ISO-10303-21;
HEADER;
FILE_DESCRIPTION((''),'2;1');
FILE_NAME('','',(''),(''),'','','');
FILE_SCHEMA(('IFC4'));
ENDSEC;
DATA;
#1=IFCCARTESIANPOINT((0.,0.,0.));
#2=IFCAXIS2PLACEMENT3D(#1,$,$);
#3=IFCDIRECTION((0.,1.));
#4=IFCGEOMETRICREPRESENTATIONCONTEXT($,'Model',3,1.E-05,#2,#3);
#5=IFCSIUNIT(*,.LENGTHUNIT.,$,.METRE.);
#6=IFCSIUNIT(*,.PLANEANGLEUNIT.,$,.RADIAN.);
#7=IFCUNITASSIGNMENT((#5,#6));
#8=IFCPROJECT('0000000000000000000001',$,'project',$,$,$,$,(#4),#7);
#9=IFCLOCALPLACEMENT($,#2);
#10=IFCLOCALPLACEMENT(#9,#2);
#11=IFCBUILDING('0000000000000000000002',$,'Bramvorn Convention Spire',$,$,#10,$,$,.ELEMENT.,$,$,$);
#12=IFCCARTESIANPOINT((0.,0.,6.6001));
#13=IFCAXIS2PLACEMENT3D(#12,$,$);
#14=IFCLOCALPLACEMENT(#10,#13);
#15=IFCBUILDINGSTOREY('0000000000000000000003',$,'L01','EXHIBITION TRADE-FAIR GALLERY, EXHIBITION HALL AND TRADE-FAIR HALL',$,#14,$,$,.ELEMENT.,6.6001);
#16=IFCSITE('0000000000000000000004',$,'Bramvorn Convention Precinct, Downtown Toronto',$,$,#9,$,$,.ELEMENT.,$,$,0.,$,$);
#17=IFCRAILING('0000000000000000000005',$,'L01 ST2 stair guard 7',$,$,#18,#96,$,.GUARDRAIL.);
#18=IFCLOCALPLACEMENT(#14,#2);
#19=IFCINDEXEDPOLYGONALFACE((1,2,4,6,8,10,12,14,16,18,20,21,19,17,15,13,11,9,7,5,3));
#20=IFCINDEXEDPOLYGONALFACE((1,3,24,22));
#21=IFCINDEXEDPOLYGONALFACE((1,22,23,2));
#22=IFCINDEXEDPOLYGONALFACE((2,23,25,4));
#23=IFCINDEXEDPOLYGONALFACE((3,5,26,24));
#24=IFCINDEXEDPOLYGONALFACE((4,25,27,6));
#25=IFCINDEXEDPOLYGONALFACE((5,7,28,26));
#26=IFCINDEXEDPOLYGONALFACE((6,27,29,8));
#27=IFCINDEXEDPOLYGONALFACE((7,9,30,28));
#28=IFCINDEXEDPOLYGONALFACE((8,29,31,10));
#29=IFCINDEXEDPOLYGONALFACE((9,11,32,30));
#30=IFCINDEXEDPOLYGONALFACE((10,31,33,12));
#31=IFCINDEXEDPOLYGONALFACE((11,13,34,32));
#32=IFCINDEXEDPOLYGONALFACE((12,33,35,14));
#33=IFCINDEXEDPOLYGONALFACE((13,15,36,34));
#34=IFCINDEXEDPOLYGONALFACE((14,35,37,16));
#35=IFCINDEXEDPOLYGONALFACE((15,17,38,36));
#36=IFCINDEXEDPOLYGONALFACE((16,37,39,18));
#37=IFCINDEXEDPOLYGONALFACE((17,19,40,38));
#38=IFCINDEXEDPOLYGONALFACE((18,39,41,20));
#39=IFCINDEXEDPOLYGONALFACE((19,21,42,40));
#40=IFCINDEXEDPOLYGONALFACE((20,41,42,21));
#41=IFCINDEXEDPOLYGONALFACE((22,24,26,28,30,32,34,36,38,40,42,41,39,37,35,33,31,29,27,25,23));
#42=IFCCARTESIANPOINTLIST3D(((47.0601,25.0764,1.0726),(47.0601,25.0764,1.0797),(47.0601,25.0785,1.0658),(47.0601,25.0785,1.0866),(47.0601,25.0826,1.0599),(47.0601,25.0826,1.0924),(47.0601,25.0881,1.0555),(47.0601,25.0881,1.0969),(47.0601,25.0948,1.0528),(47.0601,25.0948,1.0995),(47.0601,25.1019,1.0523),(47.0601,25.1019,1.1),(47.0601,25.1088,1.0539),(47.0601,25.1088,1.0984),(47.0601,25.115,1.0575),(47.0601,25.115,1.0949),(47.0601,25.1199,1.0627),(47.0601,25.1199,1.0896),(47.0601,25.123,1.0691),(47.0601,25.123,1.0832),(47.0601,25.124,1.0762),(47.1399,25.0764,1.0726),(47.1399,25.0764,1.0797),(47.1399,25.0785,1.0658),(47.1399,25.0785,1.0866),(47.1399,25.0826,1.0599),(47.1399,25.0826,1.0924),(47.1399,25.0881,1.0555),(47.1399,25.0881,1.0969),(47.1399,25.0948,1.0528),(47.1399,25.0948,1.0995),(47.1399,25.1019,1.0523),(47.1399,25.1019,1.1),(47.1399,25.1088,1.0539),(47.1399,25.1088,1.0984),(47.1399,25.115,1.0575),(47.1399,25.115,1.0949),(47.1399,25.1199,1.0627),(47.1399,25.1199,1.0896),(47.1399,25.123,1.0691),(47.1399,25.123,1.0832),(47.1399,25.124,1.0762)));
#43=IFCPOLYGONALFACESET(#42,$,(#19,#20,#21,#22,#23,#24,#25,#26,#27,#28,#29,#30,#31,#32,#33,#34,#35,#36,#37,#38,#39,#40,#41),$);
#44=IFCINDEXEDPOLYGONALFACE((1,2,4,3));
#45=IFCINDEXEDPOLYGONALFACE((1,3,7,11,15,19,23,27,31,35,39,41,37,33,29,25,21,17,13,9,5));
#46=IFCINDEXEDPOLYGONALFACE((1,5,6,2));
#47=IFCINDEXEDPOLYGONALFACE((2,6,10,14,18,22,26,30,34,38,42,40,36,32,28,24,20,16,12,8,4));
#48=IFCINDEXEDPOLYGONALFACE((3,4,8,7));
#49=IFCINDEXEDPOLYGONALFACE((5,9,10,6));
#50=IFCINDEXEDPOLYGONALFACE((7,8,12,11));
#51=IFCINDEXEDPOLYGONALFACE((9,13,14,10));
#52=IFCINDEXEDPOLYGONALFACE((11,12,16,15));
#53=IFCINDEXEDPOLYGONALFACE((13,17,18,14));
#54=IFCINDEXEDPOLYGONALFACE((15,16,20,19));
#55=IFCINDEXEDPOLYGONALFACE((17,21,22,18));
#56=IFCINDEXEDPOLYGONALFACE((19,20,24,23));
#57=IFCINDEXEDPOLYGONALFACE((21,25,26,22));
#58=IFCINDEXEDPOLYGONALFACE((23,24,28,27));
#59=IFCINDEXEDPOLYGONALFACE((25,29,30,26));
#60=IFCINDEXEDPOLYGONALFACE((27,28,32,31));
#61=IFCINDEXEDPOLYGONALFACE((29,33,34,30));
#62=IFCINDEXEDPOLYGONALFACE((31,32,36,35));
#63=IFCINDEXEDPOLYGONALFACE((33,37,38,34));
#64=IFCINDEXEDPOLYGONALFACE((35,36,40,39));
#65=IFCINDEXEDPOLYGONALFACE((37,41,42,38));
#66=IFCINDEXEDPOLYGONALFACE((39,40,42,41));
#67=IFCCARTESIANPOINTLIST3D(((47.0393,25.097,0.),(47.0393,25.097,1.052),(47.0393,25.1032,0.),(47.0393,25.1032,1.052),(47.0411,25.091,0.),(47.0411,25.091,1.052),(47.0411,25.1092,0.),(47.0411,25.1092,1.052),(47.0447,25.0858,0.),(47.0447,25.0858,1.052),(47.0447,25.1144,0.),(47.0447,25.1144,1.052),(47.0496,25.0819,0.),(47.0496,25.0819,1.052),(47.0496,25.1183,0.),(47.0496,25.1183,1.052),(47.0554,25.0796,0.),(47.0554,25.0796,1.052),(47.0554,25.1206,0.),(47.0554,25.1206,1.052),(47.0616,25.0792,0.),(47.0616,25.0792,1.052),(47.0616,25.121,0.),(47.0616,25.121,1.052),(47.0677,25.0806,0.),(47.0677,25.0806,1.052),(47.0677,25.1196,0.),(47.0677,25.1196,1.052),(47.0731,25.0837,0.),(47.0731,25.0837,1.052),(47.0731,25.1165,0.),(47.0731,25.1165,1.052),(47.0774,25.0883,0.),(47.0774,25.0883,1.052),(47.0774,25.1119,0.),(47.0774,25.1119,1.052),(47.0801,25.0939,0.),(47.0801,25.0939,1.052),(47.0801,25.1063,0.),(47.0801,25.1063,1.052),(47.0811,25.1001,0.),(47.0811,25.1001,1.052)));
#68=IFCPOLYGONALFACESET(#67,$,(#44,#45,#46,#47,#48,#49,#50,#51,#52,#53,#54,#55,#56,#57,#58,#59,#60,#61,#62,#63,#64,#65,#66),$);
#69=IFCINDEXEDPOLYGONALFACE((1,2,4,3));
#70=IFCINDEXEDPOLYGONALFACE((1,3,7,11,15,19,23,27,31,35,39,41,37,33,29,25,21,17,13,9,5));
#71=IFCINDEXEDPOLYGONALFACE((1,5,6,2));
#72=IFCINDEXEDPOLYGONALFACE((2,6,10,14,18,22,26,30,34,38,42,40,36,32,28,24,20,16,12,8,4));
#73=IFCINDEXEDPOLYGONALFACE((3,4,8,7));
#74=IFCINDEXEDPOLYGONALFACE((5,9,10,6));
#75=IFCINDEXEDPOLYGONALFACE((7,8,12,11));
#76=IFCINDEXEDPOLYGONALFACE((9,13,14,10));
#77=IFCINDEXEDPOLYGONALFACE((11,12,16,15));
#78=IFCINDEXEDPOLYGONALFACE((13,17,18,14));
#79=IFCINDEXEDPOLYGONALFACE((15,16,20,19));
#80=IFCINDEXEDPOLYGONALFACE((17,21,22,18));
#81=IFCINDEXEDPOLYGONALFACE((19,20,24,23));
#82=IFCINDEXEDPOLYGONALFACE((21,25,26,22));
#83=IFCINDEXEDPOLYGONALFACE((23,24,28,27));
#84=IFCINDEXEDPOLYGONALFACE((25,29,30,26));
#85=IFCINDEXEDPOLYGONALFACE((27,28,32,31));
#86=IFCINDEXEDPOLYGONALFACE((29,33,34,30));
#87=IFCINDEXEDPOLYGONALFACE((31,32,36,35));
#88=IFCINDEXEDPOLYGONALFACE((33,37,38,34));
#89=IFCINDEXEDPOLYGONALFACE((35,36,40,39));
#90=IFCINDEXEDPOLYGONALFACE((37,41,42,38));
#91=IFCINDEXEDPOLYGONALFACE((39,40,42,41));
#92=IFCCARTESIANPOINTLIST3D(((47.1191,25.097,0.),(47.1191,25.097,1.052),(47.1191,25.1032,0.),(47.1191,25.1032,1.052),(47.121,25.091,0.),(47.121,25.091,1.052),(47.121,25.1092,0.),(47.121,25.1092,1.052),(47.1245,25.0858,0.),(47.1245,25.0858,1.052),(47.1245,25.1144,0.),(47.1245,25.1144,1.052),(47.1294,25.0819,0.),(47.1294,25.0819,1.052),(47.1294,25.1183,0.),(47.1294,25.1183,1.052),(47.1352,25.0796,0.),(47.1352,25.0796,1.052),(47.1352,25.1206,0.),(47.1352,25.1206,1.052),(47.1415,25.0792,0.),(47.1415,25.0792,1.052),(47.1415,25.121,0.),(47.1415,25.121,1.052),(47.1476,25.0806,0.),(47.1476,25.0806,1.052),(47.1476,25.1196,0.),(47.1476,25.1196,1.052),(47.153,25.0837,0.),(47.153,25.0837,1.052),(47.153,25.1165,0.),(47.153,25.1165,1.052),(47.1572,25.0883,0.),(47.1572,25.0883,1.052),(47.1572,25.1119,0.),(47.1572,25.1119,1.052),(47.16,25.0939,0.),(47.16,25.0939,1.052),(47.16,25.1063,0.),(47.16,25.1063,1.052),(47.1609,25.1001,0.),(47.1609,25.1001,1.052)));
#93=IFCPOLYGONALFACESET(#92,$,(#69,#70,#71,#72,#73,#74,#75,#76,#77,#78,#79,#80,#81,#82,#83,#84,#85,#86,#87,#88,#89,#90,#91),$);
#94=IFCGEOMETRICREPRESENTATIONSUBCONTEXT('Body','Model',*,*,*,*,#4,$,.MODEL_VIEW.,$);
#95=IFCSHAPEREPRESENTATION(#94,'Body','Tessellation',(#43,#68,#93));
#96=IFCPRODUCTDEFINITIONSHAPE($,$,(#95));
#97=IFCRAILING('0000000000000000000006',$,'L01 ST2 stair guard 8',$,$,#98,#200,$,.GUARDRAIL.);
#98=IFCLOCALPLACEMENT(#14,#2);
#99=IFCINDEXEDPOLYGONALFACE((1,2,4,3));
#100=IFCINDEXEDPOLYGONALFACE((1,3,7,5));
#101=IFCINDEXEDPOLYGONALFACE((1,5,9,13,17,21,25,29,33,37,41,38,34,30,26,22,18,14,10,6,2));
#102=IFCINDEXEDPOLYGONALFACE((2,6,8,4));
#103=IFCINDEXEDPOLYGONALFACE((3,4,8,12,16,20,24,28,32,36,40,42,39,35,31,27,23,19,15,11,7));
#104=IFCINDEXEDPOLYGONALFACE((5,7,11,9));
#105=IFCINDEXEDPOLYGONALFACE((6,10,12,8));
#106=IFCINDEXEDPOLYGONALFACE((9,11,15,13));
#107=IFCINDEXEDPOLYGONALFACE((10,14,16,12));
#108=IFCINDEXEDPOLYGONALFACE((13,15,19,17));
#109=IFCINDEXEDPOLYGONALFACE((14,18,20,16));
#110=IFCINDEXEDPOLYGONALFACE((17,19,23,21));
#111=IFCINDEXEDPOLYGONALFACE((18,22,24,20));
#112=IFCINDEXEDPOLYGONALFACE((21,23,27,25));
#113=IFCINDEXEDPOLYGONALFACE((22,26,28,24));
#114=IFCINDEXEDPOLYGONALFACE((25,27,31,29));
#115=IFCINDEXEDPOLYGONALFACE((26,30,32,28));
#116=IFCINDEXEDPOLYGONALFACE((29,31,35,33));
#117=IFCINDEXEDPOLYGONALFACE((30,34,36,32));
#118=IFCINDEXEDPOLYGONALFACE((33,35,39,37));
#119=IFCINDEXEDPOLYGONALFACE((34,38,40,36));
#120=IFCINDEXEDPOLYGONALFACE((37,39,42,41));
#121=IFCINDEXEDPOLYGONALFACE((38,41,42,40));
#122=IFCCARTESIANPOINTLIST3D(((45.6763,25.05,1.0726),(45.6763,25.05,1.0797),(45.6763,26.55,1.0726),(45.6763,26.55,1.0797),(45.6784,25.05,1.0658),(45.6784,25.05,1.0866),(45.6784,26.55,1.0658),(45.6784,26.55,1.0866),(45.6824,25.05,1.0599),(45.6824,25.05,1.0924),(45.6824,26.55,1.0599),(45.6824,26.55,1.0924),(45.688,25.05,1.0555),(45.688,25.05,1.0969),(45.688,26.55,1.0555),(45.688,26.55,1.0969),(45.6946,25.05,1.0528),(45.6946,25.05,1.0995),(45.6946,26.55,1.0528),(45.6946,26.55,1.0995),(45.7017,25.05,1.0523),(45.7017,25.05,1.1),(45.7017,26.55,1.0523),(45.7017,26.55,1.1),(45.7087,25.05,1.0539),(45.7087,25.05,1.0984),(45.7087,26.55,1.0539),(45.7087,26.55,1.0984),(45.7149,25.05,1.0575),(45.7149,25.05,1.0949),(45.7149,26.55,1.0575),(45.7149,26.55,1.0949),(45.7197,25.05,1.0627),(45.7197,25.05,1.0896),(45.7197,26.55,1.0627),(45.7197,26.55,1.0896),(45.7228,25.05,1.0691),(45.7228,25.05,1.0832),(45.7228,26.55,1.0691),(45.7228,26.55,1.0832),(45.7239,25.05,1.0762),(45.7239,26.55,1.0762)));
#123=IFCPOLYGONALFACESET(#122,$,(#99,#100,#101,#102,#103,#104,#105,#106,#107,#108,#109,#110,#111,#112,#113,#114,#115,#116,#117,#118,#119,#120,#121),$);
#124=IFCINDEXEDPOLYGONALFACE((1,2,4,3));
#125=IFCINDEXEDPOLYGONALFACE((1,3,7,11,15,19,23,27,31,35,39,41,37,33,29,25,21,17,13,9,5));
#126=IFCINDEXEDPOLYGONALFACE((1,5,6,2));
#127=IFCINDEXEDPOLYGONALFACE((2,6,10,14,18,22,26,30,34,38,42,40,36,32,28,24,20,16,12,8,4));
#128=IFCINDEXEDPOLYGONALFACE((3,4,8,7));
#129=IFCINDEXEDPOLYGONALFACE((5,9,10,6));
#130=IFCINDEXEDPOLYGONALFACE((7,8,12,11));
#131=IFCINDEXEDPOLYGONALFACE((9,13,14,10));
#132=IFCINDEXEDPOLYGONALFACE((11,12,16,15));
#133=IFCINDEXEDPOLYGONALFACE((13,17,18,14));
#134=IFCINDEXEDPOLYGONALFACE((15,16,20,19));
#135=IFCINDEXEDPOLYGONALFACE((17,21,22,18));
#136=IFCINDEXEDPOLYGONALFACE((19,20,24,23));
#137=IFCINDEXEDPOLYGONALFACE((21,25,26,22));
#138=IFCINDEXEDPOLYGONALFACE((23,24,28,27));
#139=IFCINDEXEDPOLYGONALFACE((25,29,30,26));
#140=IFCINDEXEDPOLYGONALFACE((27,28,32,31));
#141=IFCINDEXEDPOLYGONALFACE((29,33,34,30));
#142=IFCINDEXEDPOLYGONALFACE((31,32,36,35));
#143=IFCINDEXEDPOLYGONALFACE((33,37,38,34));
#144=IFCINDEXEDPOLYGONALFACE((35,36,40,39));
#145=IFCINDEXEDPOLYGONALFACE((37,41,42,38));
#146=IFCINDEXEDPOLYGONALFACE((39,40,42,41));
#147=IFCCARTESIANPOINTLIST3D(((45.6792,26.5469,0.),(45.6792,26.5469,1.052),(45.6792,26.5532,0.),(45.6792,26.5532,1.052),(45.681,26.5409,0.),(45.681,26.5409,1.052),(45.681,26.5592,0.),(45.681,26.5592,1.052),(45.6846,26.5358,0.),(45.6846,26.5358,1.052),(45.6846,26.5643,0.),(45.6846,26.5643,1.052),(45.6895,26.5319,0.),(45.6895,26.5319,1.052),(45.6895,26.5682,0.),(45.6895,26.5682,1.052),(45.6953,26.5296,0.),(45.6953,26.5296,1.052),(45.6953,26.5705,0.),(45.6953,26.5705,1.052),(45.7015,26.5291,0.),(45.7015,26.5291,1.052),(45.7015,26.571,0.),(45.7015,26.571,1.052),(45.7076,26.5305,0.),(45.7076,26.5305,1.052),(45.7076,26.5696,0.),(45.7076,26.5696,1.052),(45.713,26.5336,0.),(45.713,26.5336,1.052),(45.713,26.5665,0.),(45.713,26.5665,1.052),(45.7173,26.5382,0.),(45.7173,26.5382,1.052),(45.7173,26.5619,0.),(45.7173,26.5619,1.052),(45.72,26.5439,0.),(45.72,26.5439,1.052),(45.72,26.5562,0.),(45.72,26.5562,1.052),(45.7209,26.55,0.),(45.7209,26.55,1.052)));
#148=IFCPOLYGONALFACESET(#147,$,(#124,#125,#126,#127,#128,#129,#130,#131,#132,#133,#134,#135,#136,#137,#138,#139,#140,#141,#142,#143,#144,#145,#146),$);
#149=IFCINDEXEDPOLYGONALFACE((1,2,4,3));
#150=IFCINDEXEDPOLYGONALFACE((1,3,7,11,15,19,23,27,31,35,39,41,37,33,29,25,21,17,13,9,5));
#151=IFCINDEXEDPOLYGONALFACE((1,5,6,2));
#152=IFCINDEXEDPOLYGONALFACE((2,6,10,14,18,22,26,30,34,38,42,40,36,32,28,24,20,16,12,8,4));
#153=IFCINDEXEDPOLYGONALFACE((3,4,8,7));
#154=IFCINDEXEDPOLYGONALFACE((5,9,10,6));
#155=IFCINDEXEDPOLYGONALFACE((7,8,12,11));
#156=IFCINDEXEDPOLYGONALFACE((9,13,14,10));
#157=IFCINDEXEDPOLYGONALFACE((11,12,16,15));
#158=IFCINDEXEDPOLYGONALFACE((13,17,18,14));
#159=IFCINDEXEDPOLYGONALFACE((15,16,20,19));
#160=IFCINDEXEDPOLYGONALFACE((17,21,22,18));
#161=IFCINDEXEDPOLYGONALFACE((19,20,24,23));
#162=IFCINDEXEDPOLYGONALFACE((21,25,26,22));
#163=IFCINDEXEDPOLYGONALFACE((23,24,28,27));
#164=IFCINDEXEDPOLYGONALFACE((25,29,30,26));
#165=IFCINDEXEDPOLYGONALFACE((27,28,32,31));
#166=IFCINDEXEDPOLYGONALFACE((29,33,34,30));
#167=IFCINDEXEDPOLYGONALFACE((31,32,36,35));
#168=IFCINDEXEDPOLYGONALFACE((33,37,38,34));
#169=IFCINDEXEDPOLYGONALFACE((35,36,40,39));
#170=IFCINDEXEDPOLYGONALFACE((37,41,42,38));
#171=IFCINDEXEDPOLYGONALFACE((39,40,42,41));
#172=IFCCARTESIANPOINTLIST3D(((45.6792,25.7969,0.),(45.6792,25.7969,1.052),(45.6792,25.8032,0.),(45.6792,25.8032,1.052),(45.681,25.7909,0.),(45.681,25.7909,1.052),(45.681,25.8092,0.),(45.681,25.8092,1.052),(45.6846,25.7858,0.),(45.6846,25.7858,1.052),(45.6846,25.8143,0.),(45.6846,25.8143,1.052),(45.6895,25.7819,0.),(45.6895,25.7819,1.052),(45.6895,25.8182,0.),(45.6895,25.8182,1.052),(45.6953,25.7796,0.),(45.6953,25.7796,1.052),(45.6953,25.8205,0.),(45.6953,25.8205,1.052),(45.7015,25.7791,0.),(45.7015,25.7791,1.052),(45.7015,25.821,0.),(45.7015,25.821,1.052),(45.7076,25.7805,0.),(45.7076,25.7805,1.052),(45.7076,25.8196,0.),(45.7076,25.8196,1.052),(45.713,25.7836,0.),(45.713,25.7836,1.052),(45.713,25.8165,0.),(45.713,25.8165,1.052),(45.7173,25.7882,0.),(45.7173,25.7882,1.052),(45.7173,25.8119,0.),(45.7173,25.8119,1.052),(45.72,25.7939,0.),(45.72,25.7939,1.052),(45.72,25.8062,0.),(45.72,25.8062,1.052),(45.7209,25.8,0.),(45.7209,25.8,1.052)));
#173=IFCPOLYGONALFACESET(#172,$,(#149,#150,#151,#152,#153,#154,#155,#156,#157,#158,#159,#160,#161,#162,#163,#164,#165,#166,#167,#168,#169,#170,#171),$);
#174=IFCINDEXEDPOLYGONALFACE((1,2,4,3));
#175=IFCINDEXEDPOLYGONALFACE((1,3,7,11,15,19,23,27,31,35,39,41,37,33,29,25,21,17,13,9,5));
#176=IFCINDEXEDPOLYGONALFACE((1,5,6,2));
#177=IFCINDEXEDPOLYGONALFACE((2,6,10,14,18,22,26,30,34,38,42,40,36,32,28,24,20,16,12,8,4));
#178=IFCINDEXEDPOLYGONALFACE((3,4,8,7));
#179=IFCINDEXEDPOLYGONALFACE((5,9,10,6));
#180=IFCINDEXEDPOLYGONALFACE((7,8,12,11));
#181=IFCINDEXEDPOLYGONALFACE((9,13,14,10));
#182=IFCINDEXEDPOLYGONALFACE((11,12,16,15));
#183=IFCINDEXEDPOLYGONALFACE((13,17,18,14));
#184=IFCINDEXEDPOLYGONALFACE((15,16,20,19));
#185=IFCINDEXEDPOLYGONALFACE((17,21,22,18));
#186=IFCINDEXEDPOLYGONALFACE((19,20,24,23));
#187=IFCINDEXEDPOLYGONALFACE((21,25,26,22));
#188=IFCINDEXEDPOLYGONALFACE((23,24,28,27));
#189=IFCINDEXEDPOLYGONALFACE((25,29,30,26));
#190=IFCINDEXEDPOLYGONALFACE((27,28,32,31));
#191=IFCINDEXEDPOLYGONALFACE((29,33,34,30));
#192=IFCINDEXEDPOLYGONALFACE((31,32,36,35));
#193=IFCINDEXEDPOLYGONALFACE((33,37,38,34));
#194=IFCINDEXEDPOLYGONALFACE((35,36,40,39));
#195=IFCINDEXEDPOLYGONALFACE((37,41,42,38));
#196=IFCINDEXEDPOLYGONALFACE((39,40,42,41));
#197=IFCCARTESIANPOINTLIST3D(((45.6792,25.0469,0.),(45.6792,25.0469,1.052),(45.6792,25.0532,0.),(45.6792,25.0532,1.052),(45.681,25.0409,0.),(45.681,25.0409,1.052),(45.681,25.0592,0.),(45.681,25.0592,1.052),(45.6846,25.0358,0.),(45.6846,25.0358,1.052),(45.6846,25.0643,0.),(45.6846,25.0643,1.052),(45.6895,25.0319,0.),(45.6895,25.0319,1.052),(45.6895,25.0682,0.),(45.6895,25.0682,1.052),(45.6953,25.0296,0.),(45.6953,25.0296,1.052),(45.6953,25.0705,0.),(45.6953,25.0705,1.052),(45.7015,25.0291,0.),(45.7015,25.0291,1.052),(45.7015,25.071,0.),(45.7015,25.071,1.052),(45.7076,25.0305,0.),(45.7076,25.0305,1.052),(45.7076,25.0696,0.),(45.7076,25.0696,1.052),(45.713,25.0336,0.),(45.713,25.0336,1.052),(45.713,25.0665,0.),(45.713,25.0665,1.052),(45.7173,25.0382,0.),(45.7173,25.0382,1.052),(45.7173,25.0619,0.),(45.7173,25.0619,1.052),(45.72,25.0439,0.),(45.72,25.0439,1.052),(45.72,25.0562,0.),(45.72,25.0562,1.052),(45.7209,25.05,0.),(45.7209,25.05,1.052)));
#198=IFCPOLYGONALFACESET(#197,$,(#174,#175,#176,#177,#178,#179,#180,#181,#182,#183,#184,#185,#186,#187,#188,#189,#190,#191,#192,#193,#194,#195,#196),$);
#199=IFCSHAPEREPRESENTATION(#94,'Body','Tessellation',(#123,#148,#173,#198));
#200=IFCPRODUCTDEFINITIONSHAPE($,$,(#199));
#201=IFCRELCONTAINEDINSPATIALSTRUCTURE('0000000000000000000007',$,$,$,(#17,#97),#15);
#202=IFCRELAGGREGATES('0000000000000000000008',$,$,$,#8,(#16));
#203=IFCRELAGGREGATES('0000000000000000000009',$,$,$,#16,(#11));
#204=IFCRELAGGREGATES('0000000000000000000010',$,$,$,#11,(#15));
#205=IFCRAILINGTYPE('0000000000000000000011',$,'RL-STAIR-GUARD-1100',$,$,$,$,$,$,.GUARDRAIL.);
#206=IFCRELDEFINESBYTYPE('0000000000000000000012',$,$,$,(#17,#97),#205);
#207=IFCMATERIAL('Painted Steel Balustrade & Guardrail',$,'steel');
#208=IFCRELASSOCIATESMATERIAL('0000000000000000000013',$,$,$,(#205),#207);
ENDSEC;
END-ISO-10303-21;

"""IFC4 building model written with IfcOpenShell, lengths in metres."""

from ifc_helpers import new_model, si_unit, direction, frame, origin, origin_2d, place, context, subcontext, project, spatial, circle, extrude, material, type_object, element, save


model = new_model("IFC4")

# Units and contexts
model_context = context("Model", 3, precision=1e-05, world=origin(), true_north=direction((0.0, 1.0)))
body_context = subcontext(model_context, "Body", "Model", "MODEL_VIEW")
ifc_project = project(units=[si_unit("LENGTHUNIT", "METRE"), si_unit("PLANEANGLEUNIT", "RADIAN")], contexts=[model_context])

# Site, building, storey
site_placement = place(None, origin())
site = spatial("IfcSite", under=ifc_project, at=site_placement, Name="Bramvorn Convention Precinct, Downtown Toronto", CompositionType="ELEMENT", RefElevation=0.0)
building_placement = place(site_placement, origin())
building = spatial("IfcBuilding", under=site, at=building_placement, Name="Bramvorn Convention Spire", CompositionType="ELEMENT")
storey_placement = place(building_placement, frame((0.0, 0.0, 6.6001)))
storey = spatial("IfcBuildingStorey", under=building, at=storey_placement, Name="L01", Description="EXHIBITION TRADE-FAIR GALLERY, EXHIBITION HALL AND TRADE-FAIR HALL", CompositionType="ELEMENT", Elevation=6.6001)

# Railings
ifc_material_1 = material(Name="Painted Steel Balustrade & Guardrail", Category="steel")
railing_type_1 = type_object("IfcRailingType", Name="RL-STAIR-GUARD-1100", PredefinedType="GUARDRAIL", material=ifc_material_1)
railing_1_placement = place(storey_placement, frame((47.0601, 25.1001, 0.0)))
element("IfcRailing", 1, at=railing_1_placement, inside=storey, type_object=railing_type_1, Name="L01 ST2 stair guard 7", PredefinedType="GUARDRAIL", context=body_context, shape_type="SweptSolid", body=[
    extrude(circle(Radius=0.0239, at=origin_2d()), frame((0.0, 0.0, 1.0762), z_axis=(1.0, 0.0, 0.0), x_axis=(0.0, 1.0, 0.0)), (0.0, 0.0, 1.0), 0.0798),
    extrude(circle(Radius=0.021, at=origin_2d()), origin(), (0.0, 0.0, 1.0), 1.052),
    extrude(circle(Radius=0.021, at=origin_2d()), frame((0.0798, 0.0, 0.0)), (0.0, 0.0, 1.0), 1.052),
])
for number, where, name in (
    (2, (45.7, 26.55, 0.0), "L01 ST2 stair guard 8"),
):
    element("IfcRailing", number, at=place(storey_placement, frame(where)), inside=storey, type_object=railing_type_1, Name=name, PredefinedType="GUARDRAIL", context=body_context, shape_type="SweptSolid", body=[
        extrude(circle(Radius=0.0239, at=origin_2d()), frame((0.0, 0.0, 1.0762), z_axis=(0.0, -1.0, 0.0), x_axis=(1.0, 0.0, 0.0)), (0.0, 0.0, 1.0), 1.5),
        extrude(circle(Radius=0.021, at=origin_2d()), origin(), (0.0, 0.0, 1.0), 1.052),
        extrude(circle(Radius=0.021, at=origin_2d()), frame((0.0, -0.75, 0.0)), (0.0, 0.0, 1.0), 1.052),
        extrude(circle(Radius=0.021, at=origin_2d()), frame((0.0, -1.5, 0.0)), (0.0, 0.0, 1.0), 1.052),
    ])

save(model, "model.ifc")
